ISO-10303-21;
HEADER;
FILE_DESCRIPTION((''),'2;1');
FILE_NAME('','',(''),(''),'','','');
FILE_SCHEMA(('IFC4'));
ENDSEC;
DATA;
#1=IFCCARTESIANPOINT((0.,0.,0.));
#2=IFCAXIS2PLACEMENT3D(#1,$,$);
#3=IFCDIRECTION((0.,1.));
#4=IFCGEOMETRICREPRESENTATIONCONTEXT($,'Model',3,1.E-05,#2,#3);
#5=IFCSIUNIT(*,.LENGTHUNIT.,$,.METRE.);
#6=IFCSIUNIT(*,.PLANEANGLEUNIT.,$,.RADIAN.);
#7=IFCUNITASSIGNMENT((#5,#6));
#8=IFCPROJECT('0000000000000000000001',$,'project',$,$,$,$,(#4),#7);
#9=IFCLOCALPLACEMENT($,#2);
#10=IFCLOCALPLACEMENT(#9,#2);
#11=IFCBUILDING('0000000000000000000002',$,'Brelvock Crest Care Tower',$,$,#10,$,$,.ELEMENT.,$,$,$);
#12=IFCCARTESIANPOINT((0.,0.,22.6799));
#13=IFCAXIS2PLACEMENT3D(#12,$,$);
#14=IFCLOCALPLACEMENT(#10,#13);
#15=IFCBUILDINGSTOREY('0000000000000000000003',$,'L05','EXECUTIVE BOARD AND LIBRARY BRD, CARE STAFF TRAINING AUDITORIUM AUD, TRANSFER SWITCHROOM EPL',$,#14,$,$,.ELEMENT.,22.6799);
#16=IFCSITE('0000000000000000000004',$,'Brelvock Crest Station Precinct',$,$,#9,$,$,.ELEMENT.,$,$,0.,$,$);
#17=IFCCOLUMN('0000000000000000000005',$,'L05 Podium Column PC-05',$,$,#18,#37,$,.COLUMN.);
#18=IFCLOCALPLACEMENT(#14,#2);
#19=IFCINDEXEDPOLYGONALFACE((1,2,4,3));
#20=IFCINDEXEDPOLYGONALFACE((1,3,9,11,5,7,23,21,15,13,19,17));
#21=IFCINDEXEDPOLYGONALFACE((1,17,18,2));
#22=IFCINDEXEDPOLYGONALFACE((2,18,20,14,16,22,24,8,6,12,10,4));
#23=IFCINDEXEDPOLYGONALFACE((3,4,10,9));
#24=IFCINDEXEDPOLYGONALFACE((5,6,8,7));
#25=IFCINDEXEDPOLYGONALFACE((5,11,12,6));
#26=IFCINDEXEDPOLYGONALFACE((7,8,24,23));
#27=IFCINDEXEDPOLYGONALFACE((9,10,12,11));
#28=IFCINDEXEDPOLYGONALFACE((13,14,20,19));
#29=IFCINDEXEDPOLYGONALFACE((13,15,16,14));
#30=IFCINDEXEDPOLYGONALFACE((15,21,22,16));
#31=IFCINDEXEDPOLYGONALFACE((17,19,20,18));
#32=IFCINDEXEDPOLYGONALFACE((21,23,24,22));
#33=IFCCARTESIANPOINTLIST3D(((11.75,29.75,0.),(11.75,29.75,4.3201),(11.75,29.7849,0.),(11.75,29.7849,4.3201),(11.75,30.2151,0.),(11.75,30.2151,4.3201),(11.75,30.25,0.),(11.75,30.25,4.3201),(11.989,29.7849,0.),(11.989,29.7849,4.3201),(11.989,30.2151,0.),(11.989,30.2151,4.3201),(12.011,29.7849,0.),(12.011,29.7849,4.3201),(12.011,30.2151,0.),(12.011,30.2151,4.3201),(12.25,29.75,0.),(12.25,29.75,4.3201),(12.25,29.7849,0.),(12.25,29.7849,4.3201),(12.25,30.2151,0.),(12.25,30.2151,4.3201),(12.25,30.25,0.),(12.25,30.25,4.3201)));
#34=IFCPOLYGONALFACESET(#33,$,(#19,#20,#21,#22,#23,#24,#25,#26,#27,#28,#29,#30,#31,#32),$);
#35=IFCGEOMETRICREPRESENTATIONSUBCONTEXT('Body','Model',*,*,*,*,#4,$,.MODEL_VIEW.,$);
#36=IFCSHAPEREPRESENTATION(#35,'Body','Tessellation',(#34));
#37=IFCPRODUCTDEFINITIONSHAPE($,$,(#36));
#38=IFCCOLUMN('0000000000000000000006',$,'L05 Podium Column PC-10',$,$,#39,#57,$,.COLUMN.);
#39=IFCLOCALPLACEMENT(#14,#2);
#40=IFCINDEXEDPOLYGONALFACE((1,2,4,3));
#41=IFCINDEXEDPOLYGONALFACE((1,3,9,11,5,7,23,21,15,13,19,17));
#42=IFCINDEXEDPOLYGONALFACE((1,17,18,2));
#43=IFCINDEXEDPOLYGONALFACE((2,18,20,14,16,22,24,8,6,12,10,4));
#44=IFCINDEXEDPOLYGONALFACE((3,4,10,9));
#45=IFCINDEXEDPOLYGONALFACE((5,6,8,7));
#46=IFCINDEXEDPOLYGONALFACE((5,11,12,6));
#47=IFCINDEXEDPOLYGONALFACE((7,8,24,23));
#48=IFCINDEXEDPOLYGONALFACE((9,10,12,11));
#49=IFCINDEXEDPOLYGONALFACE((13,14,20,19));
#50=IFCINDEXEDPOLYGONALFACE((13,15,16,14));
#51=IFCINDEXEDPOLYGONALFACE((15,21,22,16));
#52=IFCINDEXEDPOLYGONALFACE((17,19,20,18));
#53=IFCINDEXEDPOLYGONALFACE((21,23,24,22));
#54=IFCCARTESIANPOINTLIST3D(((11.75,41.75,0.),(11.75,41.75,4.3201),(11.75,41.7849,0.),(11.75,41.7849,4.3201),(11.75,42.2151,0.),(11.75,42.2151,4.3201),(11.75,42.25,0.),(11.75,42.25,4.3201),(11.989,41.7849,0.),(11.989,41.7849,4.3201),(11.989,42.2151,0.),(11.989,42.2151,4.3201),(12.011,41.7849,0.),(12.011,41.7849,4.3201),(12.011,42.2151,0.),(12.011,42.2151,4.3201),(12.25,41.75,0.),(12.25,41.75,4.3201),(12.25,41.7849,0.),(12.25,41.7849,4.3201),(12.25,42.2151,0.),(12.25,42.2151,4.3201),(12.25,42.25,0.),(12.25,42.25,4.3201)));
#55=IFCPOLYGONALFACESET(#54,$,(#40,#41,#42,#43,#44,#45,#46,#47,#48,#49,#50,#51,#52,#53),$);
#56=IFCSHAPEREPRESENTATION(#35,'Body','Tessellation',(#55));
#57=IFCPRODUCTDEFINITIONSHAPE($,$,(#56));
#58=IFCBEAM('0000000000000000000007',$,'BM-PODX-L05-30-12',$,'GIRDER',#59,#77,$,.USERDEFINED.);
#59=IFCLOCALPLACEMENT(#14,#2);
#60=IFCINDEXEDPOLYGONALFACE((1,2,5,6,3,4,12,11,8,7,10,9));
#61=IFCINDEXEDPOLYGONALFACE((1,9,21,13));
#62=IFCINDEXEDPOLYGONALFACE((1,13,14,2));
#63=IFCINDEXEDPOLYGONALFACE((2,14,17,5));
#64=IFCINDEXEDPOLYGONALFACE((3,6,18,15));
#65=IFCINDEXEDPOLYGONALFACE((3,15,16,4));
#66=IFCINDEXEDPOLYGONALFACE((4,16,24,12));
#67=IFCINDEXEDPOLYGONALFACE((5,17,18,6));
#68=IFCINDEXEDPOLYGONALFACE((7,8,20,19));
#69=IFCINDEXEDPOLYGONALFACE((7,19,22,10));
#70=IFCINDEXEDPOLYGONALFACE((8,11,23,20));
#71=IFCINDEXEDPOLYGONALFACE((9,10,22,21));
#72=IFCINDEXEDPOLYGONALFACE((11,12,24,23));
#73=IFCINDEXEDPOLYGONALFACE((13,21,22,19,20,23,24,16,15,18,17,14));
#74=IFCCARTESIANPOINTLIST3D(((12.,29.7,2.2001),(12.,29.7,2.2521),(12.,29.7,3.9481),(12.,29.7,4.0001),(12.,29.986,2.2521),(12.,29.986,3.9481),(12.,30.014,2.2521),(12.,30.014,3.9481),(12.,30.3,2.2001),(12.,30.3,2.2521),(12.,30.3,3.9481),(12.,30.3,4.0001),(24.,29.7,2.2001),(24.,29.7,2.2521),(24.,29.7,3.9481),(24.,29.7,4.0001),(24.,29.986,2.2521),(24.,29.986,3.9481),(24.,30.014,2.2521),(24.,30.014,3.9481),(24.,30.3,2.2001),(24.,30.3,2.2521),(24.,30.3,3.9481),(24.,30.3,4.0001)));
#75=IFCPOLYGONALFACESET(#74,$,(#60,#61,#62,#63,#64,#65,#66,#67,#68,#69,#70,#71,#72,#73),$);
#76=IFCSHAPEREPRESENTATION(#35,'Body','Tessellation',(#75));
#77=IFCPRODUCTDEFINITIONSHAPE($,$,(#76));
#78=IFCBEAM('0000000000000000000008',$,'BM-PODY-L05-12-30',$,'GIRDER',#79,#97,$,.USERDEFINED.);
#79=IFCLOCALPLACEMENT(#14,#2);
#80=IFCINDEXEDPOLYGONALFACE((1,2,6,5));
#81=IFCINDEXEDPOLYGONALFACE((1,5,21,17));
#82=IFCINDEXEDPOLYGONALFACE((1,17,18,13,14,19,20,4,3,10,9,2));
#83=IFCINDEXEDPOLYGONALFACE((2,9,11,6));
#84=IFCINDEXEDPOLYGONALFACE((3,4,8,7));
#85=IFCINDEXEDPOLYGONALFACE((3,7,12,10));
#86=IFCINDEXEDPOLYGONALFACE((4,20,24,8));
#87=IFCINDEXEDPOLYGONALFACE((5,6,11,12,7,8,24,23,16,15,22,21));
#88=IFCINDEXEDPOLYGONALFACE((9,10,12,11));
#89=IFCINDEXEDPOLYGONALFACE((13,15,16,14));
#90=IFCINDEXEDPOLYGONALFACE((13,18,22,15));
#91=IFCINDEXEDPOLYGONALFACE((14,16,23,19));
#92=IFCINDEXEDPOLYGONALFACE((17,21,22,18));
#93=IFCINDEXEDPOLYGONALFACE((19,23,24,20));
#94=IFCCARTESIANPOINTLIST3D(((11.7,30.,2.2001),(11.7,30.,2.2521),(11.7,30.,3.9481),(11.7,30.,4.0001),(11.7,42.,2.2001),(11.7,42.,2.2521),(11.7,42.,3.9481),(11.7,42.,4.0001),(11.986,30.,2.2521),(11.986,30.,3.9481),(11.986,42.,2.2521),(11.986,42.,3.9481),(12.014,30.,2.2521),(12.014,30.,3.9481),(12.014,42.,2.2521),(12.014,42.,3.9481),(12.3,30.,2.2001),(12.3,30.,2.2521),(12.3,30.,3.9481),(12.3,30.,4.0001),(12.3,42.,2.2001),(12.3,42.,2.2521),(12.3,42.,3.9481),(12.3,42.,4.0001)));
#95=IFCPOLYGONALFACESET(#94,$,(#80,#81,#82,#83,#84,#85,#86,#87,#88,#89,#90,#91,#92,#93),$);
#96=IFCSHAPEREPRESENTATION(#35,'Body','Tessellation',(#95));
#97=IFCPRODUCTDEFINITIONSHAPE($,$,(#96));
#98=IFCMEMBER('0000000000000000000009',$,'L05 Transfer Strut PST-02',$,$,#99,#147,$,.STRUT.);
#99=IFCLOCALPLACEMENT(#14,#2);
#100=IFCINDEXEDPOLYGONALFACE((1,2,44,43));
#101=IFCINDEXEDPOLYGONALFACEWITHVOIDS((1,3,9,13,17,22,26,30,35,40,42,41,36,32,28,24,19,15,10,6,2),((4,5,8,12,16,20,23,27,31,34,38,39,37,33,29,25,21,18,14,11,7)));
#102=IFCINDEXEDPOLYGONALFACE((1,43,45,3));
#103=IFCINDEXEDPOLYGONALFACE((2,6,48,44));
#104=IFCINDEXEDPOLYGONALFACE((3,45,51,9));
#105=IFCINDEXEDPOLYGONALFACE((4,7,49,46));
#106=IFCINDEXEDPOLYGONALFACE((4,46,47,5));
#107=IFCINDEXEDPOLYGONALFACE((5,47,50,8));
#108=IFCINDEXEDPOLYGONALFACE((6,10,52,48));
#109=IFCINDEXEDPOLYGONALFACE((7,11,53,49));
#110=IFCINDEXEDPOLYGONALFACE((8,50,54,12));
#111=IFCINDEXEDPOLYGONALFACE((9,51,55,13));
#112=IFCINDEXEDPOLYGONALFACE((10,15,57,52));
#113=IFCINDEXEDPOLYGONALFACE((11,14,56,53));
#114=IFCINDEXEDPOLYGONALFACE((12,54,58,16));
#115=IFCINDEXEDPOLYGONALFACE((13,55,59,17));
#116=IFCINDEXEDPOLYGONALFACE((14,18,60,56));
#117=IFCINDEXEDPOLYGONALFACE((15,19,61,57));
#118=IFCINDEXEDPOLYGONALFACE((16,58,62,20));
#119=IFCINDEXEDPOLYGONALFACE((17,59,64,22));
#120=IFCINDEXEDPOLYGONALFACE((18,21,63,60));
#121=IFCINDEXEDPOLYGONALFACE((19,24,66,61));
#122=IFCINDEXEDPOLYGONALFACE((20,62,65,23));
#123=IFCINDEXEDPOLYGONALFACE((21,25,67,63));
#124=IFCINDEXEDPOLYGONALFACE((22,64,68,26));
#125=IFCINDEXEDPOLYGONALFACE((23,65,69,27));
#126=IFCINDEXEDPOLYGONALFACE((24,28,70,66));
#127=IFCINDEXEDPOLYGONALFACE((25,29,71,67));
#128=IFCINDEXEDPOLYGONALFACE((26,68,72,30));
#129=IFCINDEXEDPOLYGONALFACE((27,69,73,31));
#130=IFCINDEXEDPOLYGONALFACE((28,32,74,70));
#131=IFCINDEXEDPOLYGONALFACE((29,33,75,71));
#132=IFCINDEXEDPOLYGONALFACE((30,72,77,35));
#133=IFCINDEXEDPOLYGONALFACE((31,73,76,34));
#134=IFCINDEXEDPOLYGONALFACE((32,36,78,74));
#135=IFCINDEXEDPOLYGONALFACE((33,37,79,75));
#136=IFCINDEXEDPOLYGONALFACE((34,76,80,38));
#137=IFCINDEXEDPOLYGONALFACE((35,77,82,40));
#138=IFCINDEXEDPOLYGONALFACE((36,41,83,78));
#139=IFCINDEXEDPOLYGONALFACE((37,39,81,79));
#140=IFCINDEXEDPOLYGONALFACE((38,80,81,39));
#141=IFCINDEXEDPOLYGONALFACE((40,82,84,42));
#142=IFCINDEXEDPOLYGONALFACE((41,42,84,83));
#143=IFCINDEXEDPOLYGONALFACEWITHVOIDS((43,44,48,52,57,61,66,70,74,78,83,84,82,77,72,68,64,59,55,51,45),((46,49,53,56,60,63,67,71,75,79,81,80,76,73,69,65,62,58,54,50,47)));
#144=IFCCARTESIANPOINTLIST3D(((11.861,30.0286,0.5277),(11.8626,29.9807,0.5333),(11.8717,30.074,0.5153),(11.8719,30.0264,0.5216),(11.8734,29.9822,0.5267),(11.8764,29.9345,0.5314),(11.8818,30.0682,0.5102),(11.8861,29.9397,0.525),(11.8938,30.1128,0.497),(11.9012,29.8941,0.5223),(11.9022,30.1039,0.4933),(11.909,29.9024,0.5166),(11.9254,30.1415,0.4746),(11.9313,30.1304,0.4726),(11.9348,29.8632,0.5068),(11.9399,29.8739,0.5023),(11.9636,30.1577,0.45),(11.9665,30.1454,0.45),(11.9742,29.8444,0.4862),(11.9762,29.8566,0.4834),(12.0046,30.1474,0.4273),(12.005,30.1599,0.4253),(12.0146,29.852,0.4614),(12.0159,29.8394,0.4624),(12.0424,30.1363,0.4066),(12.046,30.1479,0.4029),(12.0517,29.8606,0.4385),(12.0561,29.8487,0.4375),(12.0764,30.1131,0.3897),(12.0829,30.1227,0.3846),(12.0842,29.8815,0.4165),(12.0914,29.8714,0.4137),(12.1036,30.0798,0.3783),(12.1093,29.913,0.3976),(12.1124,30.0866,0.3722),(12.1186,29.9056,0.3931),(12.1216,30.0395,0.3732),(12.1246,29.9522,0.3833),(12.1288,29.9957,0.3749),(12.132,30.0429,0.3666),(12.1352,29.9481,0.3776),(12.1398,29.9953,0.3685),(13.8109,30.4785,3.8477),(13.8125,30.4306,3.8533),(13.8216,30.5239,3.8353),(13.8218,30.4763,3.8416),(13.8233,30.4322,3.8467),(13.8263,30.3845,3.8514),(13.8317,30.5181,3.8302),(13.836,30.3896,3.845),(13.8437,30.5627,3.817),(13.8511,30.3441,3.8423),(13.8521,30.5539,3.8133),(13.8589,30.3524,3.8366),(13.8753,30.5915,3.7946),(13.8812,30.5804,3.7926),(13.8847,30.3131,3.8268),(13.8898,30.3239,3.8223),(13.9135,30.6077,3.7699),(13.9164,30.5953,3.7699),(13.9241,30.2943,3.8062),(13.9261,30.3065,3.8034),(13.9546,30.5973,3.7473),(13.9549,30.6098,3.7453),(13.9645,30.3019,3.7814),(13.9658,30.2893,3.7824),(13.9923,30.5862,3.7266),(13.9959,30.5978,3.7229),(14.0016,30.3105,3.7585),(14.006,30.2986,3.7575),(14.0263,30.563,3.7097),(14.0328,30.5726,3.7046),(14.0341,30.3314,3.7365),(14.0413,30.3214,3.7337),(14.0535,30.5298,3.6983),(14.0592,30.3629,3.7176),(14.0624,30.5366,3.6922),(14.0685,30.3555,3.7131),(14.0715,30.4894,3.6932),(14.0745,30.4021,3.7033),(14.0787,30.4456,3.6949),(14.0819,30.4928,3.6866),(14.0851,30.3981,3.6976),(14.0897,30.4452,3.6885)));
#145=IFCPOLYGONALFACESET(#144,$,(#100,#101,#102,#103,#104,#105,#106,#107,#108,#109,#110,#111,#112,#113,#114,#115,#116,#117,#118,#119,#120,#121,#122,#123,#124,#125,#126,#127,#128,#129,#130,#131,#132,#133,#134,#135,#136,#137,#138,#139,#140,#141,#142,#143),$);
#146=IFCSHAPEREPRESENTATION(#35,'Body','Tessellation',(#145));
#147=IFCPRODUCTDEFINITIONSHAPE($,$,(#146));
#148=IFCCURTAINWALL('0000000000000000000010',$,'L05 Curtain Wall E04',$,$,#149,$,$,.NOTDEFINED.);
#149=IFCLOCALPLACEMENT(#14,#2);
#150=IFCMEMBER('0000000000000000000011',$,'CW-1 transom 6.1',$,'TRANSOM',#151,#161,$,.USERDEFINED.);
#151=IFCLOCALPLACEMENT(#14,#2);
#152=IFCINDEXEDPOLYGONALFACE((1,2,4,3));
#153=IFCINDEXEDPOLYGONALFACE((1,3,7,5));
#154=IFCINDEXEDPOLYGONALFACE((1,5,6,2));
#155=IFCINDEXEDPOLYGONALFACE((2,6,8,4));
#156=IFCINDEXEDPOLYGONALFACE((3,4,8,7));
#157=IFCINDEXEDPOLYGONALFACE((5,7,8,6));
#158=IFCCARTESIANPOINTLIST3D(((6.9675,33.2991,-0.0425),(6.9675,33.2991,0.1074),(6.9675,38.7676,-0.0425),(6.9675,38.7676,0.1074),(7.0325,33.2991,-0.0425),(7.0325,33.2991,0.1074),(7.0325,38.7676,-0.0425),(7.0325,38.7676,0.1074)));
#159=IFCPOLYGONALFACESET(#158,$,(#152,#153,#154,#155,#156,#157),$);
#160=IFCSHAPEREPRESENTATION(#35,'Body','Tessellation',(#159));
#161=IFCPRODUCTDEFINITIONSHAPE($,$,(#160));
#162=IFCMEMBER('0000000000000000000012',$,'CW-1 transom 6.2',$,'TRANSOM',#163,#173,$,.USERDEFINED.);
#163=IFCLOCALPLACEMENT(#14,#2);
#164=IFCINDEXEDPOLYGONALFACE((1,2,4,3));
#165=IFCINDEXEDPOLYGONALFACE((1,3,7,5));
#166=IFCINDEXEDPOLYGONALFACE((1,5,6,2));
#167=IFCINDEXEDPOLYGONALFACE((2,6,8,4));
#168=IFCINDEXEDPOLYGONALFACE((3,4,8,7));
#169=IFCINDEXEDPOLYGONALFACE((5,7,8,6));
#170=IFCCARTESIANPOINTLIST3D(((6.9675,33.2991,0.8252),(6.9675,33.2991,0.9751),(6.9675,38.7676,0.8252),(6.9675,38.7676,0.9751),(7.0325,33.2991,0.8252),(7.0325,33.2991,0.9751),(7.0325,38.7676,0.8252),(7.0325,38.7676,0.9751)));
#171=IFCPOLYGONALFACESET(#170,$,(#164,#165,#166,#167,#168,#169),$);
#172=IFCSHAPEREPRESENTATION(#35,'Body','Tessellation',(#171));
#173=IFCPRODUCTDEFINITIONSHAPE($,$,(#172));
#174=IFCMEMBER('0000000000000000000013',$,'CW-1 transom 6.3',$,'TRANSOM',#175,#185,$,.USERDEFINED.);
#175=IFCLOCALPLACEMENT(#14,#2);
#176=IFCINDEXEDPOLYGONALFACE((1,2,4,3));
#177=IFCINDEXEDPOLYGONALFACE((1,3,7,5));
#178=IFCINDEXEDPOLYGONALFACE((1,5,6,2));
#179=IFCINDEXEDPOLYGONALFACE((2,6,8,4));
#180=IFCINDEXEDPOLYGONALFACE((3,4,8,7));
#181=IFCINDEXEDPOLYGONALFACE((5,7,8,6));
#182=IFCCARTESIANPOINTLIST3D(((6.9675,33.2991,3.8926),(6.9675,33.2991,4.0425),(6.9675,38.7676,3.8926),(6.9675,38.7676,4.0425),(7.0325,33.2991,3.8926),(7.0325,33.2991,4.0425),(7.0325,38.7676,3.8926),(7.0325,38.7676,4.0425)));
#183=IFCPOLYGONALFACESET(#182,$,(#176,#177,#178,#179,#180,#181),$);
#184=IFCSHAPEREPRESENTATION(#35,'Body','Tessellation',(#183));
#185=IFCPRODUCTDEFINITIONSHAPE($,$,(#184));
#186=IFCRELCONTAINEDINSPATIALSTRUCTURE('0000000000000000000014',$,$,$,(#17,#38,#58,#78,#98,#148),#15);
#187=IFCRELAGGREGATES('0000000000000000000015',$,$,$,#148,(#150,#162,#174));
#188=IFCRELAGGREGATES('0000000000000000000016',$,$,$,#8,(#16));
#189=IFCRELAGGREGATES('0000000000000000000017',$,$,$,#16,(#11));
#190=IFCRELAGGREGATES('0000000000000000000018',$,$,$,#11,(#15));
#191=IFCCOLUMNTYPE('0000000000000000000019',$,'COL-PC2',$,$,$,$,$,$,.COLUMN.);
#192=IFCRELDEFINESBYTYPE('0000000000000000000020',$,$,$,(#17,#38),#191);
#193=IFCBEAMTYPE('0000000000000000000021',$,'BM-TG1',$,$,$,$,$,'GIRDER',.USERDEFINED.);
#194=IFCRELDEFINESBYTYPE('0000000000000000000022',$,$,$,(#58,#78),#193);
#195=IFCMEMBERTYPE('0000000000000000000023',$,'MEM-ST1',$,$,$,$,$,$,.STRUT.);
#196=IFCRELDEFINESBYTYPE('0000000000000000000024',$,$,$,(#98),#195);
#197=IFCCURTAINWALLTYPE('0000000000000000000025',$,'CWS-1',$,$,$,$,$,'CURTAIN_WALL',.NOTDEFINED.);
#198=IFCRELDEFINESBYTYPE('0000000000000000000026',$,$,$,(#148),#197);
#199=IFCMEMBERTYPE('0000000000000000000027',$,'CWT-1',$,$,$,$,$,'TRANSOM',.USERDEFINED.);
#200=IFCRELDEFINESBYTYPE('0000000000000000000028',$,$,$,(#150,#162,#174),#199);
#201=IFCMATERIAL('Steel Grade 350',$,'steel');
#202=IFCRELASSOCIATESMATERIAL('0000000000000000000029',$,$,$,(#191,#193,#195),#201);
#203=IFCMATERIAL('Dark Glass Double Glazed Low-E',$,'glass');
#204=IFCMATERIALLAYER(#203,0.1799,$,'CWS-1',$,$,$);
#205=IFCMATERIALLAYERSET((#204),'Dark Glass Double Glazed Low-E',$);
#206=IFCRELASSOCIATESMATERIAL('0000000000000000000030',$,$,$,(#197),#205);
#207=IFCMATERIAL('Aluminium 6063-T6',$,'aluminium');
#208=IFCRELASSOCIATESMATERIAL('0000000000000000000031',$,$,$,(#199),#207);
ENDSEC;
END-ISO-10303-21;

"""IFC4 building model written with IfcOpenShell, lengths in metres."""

from ifc_helpers import new_model, si_unit, direction, frame, origin, origin_2d, place, context, subcontext, project, spatial, rectangle, hollow_circle, i_section, extrude, source, transform, mapped, material, layer, layer_set, material_profile, profile_set, type_object, element, aggregate, save


model = new_model("IFC4")

# Units and contexts
model_context = context("Model", 3, precision=1e-05, world=origin(), true_north=direction((0.0, 1.0)))
body_context = subcontext(model_context, "Body", "Model", "MODEL_VIEW")
ifc_project = project(units=[si_unit("LENGTHUNIT", "METRE"), si_unit("PLANEANGLEUNIT", "RADIAN")], contexts=[model_context])

# Site, building, storey
site_placement = place(None, origin())
site = spatial("IfcSite", under=ifc_project, at=site_placement, Name="Brelvock Crest Station Precinct", CompositionType="ELEMENT", RefElevation=0.0)
building_placement = place(site_placement, origin())
building = spatial("IfcBuilding", under=site, at=building_placement, Name="Brelvock Crest Care Tower", CompositionType="ELEMENT")
storey_placement = place(building_placement, frame((0.0, 0.0, 22.6799)))
storey = spatial("IfcBuildingStorey", under=building, at=storey_placement, Name="L05", Description="EXECUTIVE BOARD AND LIBRARY BRD, CARE STAFF TRAINING AUDITORIUM AUD, TRANSFER SWITCHROOM EPL", CompositionType="ELEMENT", Elevation=22.6799)

# Columns
ifc_material_1 = material(Name="Steel Grade 350", Category="steel")
ifc_material_profile_1 = material_profile(ifc_material_1, i_section(OverallWidth=0.5, OverallDepth=0.5, WebThickness=0.022, FlangeThickness=0.0349, at=origin_2d()), Name="500WC340")
ifc_profile_set_1 = profile_set([ifc_material_profile_1], Name="Steel Grade 350")
column_type = type_object("IfcColumnType", Name="COL-PC2", PredefinedType="COLUMN", material=ifc_profile_set_1)
shared_shape_1 = source(origin(), body_context, "Body", "SweptSolid", [
    extrude(i_section(OverallWidth=0.5, OverallDepth=0.5, WebThickness=0.022, FlangeThickness=0.0349, at=origin_2d()), origin(), (0.0, 0.0, 1.0), 4.3201),
])
for number, where, z_axis, x_axis, name in (
    (1, (12.0, 30.0, 0.0), (0.0, 0.0, 1.0), (1.0, 0.0, 0.0), "L05 Podium Column PC-05"),
    (2, (12.0, 42.0, 0.0), (0.0, 0.0, 1.0), (1.0, 0.0, 0.0), "L05 Podium Column PC-10"),
):
    element("IfcColumn", number, at=place(storey_placement, frame(where, z_axis=z_axis, x_axis=x_axis)), inside=storey, type_object=column_type, Name=name, PredefinedType="COLUMN", context=body_context, shape_type="MappedRepresentation", body=[
        mapped(shared_shape_1, transform((0.0, 0.0, 0.0), x_axis=(1.0, 0.0, 0.0), y_axis=(0.0, 1.0, 0.0), z_axis=(0.0, 0.0, 1.0), scale=1.0)),
    ])

# Beams
ifc_material_profile_2 = material_profile(ifc_material_1, i_section(OverallWidth=0.6001, OverallDepth=1.8, WebThickness=0.0281, FlangeThickness=0.052, at=origin_2d()), Name="1800TG740")
ifc_profile_set_2 = profile_set([ifc_material_profile_2], Name="Steel Grade 350")
beam_type = type_object("IfcBeamType", Name="BM-TG1", ElementType="GIRDER", PredefinedType="USERDEFINED", material=ifc_profile_set_2)
shared_shape_2 = source(origin(), body_context, "Body", "SweptSolid", [
    extrude(i_section(OverallWidth=0.6001, OverallDepth=1.8, WebThickness=0.0281, FlangeThickness=0.052, at=origin_2d()), origin(), (0.0, 0.0, 1.0), 12.0),
])
for number, where, z_axis, x_axis, name in (
    (3, (12.0, 30.0, 3.1001), (1.0, 0.0, 0.0), (0.0, 1.0, 0.0), "BM-PODX-L05-30-12"),
    (4, (12.0, 30.0, 3.1001), (0.0, 1.0, 0.0), (-1.0, 0.0, 0.0), "BM-PODY-L05-12-30"),
):
    element("IfcBeam", number, at=place(storey_placement, frame(where, z_axis=z_axis, x_axis=x_axis)), inside=storey, type_object=beam_type, Name=name, ObjectType="GIRDER", PredefinedType="USERDEFINED", context=body_context, shape_type="MappedRepresentation", body=[
        mapped(shared_shape_2, transform((0.0, 0.0, 0.0), x_axis=(1.0, 0.0, 0.0), y_axis=(0.0, 1.0, 0.0), z_axis=(0.0, 0.0, 1.0), scale=1.0)),
    ])

# Member
ifc_material_profile_3 = material_profile(ifc_material_1, hollow_circle(Radius=0.1619, WallThickness=0.0127, at=origin_2d()), Name="CHS323.9x12.7")
ifc_profile_set_3 = profile_set([ifc_material_profile_3], Name="Steel Grade 350")
member_type_1 = type_object("IfcMemberType", Name="MEM-ST1", PredefinedType="STRUT", material=ifc_profile_set_3)
shared_shape_3 = source(origin(), body_context, "Body", "SweptSolid", [
    extrude(hollow_circle(Radius=0.1619, WallThickness=0.0127, at=origin_2d()), origin(), (0.0, 0.0, 1.0), 3.8765),
])
member_1_placement = place(storey_placement, frame((12.0, 30.0, 0.45), z_axis=(0.503012, 0.11607, 0.85645), x_axis=(-0.224842, 0.974395, 0.0)))
element("IfcMember", 5, at=member_1_placement, inside=storey, type_object=member_type_1, Name="L05 Transfer Strut PST-02", PredefinedType="STRUT", context=body_context, shape_type="MappedRepresentation", body=[
    mapped(shared_shape_3, transform((0.0, 0.0, 0.0), x_axis=(1.0, 0.0, 0.0), y_axis=(0.0, 1.0, 0.0), z_axis=(0.0, 0.0, 1.0), scale=1.0)),
])

# Curtain wall, members
ifc_material_2 = material(Name="Dark Glass Double Glazed Low-E", Category="glass")
ifc_layer_1 = layer(ifc_material_2, 0.1799, Name="CWS-1")
ifc_layer_set_1 = layer_set([ifc_layer_1], Name="Dark Glass Double Glazed Low-E")
curtain_wall_type = type_object("IfcCurtainWallType", Name="CWS-1", ElementType="CURTAIN_WALL", PredefinedType="NOTDEFINED", material=ifc_layer_set_1)
curtain_wall_placement = place(storey_placement, origin())
curtain_wall = element("IfcCurtainWall", 6, at=curtain_wall_placement, inside=storey, type_object=curtain_wall_type, Name="L05 Curtain Wall E04", PredefinedType="NOTDEFINED")
ifc_material_3 = material(Name="Aluminium 6063-T6", Category="aluminium")
ifc_material_profile_4 = material_profile(ifc_material_3, rectangle(XDim=0.0649, YDim=0.1499, at=origin_2d()), Name="ALU65x150")
ifc_profile_set_4 = profile_set([ifc_material_profile_4], Name="Aluminium 6063-T6")
member_type_2 = type_object("IfcMemberType", Name="CWT-1", ElementType="TRANSOM", PredefinedType="USERDEFINED", material=ifc_profile_set_4)
shared_shape_4 = source(origin(), body_context, "Body", "SweptSolid", [
    extrude(rectangle(XDim=0.0649, YDim=0.1499, at=origin_2d()), origin(), (0.0, 0.0, 1.0), 5.4685),
])
member_2_placement = place(storey_placement, frame((7.0, 33.2991, 0.0325), z_axis=(0.0, 1.0, 0.0), x_axis=(-1.0, 0.0, 0.0)))
member_2 = element("IfcMember", 7, at=member_2_placement, type_object=member_type_2, Name="CW-1 transom 6.1", ObjectType="TRANSOM", PredefinedType="USERDEFINED", context=body_context, shape_type="MappedRepresentation", body=[
    mapped(shared_shape_4, transform((0.0, 0.0, 0.0), x_axis=(1.0, 0.0, 0.0), y_axis=(0.0, 1.0, 0.0), z_axis=(0.0, 0.0, 1.0), scale=1.0)),
])
member_3_placement = place(storey_placement, frame((7.0, 33.2991, 0.9001), z_axis=(0.0, 1.0, 0.0), x_axis=(-1.0, 0.0, 0.0)))
member_3 = element("IfcMember", 8, at=member_3_placement, type_object=member_type_2, Name="CW-1 transom 6.2", ObjectType="TRANSOM", PredefinedType="USERDEFINED", context=body_context, shape_type="MappedRepresentation", body=[
    mapped(shared_shape_4, transform((0.0, 0.0, 0.0), x_axis=(1.0, 0.0, 0.0), y_axis=(0.0, 1.0, 0.0), z_axis=(0.0, 0.0, 1.0), scale=1.0)),
])
member_4_placement = place(storey_placement, frame((7.0, 33.2991, 3.9675), z_axis=(0.0, 1.0, 0.0), x_axis=(-1.0, 0.0, 0.0)))
member_4 = element("IfcMember", 9, at=member_4_placement, type_object=member_type_2, Name="CW-1 transom 6.3", ObjectType="TRANSOM", PredefinedType="USERDEFINED", context=body_context, shape_type="MappedRepresentation", body=[
    mapped(shared_shape_4, transform((0.0, 0.0, 0.0), x_axis=(1.0, 0.0, 0.0), y_axis=(0.0, 1.0, 0.0), z_axis=(0.0, 0.0, 1.0), scale=1.0)),
])

aggregate(curtain_wall, [member_2, member_3, member_4])

save(model, "model.ifc")
